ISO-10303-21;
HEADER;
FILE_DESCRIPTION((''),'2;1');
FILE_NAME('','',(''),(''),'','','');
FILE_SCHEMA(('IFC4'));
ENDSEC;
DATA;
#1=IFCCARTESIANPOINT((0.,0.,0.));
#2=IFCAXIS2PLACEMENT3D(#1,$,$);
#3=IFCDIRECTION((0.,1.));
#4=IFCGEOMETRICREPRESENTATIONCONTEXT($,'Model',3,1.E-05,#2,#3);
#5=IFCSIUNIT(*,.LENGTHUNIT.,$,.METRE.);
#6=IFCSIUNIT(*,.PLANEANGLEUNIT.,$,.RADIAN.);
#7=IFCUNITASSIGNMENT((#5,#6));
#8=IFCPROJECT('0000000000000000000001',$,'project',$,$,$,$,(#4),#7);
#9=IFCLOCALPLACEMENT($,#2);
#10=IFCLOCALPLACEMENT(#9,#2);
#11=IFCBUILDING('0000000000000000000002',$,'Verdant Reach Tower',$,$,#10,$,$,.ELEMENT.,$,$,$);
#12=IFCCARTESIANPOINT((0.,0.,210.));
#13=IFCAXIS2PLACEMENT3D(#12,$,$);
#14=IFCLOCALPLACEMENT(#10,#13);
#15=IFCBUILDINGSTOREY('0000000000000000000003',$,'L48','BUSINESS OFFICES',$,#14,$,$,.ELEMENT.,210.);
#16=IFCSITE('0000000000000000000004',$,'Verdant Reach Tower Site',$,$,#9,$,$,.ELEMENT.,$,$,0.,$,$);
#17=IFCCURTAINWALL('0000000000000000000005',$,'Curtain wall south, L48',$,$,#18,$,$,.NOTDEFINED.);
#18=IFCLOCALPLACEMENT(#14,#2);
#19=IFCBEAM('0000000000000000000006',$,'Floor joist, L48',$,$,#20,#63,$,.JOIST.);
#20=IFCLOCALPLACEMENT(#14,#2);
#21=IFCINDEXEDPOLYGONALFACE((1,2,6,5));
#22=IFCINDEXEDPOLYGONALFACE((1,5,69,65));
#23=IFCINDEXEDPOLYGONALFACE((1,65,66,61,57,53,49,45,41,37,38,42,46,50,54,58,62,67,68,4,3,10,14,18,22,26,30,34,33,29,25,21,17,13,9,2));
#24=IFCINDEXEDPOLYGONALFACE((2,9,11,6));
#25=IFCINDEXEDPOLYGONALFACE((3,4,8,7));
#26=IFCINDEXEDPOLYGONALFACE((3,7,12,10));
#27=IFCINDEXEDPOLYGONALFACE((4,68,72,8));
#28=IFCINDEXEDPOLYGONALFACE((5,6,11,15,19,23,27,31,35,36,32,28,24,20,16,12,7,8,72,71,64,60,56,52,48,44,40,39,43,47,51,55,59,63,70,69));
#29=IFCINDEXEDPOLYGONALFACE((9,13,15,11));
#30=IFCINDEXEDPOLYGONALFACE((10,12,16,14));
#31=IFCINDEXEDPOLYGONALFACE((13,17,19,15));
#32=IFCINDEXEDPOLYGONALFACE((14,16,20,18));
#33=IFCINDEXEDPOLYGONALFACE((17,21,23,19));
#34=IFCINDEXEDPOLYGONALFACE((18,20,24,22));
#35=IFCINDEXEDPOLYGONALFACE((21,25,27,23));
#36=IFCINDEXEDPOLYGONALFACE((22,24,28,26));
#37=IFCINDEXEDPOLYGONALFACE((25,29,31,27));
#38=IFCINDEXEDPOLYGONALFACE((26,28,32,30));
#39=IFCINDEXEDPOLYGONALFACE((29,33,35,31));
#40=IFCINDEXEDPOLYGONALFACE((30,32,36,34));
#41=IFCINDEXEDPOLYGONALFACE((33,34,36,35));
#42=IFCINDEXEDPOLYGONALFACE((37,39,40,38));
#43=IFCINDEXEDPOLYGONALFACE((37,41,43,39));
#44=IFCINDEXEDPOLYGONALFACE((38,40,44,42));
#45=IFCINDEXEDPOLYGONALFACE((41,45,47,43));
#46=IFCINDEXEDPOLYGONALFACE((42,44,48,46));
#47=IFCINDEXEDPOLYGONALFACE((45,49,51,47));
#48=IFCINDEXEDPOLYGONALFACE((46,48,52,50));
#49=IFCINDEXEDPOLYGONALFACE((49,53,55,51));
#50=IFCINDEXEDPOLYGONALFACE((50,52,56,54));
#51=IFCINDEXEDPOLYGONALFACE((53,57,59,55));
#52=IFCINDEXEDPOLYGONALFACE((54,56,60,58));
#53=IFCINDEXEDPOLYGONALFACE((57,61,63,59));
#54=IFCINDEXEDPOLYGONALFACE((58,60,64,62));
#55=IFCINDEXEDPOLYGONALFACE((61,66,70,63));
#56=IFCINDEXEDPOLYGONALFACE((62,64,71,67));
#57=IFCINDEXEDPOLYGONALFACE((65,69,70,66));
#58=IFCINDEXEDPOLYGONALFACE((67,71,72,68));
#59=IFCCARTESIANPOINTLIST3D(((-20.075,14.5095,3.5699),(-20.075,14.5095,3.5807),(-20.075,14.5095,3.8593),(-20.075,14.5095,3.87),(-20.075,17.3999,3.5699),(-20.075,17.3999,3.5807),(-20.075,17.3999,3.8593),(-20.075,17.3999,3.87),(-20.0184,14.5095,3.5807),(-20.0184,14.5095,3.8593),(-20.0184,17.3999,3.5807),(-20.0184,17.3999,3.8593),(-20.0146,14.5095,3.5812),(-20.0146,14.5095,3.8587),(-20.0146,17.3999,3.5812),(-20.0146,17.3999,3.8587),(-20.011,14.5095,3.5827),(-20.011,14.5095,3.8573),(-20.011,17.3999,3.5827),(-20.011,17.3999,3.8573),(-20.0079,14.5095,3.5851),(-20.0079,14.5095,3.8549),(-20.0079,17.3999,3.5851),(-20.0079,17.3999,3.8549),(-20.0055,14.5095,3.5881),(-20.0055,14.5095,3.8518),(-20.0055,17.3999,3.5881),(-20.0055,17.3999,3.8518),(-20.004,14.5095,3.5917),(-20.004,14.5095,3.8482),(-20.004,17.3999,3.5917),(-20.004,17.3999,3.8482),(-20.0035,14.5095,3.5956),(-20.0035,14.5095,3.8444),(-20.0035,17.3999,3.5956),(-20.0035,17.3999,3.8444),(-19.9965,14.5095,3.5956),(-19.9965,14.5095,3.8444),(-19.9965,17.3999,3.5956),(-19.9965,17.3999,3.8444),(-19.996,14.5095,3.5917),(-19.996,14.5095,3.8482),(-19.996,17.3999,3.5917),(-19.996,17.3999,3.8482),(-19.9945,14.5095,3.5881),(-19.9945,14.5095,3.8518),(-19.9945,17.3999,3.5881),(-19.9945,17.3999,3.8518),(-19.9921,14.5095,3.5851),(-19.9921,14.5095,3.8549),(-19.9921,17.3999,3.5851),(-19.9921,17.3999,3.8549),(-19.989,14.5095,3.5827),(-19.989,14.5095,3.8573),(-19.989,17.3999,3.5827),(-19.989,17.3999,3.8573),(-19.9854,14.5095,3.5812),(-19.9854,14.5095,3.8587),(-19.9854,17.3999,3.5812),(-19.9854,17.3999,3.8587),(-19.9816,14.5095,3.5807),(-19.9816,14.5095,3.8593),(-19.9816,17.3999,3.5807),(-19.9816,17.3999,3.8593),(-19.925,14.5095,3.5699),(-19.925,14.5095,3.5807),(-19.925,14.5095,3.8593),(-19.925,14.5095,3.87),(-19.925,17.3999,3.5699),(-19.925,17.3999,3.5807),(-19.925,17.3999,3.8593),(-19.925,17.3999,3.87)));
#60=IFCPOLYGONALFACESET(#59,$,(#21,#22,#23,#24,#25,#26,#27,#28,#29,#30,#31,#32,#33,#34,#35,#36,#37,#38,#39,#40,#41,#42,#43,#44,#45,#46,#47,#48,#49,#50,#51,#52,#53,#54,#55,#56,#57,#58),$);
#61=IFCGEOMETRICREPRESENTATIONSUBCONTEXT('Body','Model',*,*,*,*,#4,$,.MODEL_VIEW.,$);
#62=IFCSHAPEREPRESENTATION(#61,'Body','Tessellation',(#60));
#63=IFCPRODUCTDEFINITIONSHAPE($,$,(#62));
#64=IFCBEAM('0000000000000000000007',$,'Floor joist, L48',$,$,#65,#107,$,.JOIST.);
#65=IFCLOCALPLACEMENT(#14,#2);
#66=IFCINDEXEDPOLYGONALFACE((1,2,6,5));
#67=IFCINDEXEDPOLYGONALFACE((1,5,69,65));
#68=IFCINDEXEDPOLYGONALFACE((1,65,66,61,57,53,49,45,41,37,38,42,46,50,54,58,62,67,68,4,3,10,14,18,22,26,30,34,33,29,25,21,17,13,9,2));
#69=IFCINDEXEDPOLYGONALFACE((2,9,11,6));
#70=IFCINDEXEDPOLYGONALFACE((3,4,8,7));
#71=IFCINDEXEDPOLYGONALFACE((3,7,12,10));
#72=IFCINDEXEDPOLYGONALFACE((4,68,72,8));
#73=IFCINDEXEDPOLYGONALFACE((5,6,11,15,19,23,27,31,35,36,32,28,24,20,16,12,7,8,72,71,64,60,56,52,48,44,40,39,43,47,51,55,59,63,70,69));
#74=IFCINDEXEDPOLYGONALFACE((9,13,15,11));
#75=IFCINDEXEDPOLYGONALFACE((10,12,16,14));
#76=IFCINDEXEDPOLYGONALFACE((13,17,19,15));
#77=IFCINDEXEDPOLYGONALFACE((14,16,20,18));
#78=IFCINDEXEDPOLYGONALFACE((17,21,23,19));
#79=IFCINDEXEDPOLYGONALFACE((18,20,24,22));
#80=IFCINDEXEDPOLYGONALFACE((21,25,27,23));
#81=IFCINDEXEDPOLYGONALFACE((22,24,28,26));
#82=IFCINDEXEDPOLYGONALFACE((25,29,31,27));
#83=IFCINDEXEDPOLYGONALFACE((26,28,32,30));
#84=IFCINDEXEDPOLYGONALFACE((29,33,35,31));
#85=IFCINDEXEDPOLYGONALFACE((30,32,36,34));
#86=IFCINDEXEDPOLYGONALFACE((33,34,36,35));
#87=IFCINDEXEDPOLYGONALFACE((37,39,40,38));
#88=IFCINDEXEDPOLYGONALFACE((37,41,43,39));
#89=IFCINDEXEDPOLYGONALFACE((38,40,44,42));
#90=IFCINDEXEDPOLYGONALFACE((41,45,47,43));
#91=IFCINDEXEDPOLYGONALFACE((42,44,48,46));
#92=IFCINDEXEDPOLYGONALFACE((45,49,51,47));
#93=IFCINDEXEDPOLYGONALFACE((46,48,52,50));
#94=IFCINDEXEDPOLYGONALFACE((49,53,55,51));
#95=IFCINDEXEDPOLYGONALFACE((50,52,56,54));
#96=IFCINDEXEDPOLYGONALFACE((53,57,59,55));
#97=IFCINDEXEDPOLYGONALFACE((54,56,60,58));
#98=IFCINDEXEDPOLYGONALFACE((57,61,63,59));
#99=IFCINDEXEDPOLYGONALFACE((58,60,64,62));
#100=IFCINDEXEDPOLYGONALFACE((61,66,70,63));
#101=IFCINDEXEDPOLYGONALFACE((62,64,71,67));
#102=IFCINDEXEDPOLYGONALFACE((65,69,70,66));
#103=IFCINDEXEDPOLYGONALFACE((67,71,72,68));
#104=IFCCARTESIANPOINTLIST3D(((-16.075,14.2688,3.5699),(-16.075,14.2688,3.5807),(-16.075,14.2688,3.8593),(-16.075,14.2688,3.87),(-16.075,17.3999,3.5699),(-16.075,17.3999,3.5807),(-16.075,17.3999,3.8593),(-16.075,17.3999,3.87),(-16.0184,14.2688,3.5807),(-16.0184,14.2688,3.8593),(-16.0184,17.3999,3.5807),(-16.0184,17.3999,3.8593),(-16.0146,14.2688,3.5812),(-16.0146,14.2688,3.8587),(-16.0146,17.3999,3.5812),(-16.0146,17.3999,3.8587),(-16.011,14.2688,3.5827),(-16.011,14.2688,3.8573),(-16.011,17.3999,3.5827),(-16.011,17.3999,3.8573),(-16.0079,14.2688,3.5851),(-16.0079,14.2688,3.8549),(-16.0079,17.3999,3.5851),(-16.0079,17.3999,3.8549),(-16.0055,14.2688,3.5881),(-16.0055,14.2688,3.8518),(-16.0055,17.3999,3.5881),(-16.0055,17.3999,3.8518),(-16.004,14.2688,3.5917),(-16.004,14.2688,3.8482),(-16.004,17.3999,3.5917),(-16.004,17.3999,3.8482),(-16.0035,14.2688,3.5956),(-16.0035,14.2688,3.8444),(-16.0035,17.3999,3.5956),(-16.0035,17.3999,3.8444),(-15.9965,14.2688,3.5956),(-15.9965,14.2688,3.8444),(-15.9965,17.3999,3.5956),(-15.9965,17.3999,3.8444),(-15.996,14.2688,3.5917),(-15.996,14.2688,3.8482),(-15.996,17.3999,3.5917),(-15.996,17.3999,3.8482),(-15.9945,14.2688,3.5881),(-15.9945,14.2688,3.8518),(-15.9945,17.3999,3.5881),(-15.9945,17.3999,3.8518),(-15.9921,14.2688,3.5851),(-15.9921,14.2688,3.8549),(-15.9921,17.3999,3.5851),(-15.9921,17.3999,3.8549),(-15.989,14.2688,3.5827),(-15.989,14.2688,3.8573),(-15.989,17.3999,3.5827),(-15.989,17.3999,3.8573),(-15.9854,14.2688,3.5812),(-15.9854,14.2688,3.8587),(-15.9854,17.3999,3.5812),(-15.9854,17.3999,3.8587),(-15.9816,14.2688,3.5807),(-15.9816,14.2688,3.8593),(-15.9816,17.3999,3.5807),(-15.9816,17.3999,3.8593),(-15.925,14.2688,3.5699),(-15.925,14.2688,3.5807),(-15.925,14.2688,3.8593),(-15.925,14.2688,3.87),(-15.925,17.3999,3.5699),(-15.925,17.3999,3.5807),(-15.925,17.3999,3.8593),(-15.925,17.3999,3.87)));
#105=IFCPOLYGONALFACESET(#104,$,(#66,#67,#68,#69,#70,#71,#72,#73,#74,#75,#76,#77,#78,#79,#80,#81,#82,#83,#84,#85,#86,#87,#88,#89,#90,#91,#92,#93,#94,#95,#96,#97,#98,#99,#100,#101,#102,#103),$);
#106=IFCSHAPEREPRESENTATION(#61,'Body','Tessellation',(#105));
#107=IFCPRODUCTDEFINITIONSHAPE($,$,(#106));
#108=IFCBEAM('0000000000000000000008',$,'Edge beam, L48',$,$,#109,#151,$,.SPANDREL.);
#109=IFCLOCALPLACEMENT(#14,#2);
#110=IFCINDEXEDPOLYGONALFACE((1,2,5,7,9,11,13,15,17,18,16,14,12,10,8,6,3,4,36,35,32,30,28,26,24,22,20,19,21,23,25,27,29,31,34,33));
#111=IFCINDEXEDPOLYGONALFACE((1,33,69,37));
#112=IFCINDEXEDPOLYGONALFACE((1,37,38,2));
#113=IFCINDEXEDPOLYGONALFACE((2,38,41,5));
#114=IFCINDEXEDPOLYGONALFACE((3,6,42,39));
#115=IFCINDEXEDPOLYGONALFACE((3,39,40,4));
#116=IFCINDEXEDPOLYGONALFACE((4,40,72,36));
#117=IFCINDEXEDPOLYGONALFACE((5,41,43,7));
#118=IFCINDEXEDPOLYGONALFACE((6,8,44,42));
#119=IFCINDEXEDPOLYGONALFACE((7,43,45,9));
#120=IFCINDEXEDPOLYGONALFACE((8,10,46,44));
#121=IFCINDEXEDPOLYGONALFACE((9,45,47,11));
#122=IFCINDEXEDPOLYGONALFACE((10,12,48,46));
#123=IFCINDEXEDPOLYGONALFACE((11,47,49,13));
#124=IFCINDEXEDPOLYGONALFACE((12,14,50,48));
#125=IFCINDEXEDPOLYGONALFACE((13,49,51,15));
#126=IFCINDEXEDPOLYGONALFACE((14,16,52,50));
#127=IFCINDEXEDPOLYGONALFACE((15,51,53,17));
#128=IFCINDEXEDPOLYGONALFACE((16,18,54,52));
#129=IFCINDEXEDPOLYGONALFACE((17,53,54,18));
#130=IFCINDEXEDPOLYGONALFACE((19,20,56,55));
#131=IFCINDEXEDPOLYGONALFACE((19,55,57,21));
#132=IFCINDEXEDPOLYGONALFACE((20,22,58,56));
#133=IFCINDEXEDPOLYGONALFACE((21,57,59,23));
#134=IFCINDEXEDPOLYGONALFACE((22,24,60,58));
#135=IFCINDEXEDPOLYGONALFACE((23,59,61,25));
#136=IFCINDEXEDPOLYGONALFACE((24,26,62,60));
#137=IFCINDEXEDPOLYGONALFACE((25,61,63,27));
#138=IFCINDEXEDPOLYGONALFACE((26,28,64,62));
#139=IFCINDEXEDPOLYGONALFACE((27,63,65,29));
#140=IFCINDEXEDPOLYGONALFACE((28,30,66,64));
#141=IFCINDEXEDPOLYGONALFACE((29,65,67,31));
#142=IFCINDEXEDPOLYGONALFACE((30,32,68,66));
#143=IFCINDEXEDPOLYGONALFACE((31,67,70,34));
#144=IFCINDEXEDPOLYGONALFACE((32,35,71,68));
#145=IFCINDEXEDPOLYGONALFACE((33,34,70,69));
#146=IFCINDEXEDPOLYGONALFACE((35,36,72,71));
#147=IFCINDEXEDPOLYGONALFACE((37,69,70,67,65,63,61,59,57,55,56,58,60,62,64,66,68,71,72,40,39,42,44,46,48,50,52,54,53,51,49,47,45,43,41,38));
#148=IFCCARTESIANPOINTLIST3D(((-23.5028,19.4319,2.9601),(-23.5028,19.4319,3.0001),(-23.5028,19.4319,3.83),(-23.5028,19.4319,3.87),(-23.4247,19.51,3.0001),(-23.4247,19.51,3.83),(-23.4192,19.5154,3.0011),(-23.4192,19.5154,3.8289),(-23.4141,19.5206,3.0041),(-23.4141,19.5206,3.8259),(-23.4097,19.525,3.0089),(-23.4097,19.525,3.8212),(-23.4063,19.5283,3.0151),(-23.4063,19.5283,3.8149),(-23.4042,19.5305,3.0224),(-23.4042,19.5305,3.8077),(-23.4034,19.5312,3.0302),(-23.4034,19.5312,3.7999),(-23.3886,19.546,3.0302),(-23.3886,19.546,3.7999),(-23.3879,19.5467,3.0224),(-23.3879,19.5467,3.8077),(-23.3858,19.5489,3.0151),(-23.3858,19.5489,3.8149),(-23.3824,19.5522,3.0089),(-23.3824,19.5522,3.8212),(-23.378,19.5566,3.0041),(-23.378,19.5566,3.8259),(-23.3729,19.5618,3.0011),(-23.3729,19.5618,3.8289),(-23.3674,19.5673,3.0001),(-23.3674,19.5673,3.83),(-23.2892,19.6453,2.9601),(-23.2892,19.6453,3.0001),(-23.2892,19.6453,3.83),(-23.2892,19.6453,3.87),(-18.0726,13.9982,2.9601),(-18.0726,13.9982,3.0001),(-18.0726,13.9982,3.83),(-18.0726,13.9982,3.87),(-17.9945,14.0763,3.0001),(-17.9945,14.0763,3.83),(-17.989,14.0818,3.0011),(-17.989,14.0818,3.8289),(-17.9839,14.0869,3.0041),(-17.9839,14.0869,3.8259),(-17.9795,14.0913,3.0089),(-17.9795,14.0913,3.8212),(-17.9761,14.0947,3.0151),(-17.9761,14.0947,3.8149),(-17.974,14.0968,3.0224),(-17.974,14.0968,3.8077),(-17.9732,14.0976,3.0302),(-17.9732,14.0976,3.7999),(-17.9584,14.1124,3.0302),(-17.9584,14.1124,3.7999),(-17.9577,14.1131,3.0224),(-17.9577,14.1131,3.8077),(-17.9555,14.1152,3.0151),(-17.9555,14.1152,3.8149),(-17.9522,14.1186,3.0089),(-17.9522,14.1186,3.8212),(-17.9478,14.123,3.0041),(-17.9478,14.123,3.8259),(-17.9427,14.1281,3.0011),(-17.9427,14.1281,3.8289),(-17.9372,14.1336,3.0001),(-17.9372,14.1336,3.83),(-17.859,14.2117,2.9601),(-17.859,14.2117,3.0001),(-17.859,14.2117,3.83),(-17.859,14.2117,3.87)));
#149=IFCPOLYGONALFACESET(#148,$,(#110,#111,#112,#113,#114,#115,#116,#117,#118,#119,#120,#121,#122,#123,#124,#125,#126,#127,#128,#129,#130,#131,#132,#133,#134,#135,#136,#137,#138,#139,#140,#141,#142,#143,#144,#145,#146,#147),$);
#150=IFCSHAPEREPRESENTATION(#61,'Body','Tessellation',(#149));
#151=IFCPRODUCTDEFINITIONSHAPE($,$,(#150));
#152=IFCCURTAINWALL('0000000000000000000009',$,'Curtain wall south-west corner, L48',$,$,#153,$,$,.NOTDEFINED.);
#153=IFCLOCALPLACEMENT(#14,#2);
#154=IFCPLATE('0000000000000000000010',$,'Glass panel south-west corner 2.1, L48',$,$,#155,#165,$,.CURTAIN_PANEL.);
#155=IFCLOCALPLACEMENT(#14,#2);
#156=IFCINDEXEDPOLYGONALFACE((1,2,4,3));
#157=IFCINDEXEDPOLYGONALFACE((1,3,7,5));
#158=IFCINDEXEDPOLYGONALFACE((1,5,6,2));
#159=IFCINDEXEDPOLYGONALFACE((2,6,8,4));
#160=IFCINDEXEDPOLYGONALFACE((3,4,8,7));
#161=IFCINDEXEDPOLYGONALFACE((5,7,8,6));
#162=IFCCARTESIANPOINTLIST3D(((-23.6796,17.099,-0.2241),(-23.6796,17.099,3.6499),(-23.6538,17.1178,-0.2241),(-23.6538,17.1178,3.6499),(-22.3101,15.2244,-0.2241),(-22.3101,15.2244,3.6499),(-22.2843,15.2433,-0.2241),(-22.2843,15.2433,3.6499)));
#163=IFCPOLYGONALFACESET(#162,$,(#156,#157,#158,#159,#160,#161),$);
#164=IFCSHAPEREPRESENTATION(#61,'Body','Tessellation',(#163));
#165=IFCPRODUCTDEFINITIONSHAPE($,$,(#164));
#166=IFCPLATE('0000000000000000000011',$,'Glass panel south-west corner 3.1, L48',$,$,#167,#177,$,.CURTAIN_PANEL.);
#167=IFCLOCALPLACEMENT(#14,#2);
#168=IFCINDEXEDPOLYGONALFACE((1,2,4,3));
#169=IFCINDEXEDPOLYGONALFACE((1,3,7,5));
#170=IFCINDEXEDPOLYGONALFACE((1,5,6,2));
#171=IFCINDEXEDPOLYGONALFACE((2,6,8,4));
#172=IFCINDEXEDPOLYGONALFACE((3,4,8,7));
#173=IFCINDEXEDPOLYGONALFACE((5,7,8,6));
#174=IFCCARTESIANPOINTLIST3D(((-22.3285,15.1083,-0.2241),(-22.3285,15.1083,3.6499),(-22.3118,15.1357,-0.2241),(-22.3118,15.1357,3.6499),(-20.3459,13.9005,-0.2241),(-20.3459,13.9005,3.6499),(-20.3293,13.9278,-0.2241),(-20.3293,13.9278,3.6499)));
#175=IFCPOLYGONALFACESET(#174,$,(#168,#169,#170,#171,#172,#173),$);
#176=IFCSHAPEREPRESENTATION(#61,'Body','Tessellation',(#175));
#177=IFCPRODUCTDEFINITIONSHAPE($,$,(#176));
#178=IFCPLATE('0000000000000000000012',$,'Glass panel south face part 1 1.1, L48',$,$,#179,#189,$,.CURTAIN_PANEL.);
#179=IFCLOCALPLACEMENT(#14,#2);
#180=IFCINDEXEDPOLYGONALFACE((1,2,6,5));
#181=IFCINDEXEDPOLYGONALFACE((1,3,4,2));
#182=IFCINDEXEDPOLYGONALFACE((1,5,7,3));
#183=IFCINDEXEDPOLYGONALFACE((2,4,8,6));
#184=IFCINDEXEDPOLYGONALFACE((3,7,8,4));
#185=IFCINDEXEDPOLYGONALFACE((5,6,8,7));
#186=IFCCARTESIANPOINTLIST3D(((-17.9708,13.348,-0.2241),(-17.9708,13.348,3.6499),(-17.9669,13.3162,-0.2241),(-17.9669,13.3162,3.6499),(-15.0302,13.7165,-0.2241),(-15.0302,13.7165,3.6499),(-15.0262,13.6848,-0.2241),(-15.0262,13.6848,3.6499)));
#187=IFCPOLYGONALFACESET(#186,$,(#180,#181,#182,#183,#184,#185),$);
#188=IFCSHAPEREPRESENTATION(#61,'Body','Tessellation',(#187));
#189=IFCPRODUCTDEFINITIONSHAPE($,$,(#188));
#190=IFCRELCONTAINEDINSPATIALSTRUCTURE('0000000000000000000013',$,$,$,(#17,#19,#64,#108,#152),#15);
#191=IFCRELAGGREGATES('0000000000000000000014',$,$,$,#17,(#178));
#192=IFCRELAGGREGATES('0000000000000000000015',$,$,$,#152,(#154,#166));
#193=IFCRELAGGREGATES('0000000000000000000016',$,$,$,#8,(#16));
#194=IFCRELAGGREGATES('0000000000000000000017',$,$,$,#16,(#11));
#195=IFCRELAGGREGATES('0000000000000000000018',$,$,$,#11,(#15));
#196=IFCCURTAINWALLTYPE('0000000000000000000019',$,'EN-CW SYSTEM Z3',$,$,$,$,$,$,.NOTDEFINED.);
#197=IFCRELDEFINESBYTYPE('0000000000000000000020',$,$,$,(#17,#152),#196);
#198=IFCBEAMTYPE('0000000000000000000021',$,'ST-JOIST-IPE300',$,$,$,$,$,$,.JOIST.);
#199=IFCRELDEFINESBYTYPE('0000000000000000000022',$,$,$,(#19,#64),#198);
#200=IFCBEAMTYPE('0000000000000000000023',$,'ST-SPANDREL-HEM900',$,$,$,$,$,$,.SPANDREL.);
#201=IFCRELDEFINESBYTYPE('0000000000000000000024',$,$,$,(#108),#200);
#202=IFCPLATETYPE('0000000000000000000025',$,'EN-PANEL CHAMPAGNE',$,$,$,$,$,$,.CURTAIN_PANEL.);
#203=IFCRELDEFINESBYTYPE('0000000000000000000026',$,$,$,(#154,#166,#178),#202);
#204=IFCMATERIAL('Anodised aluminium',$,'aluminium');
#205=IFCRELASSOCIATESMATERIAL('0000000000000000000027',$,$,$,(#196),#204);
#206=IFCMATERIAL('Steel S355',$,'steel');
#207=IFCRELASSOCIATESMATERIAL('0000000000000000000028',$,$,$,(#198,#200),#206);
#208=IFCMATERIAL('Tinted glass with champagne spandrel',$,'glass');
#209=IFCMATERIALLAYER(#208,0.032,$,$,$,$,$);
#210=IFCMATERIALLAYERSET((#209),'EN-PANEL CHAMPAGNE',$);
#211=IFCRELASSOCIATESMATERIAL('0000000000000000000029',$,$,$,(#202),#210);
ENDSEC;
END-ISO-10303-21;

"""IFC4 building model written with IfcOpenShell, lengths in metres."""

from ifc_helpers import new_model, si_unit, direction, frame, origin, origin_2d, place, context, subcontext, project, spatial, rectangle, i_section, extrude, material, layer, layer_set, material_profile, profile_set, type_object, element, aggregate, save


model = new_model("IFC4")

# Units and contexts
model_context = context("Model", 3, precision=1e-05, world=origin(), true_north=direction((0.0, 1.0)))
body_context = subcontext(model_context, "Body", "Model", "MODEL_VIEW")
ifc_project = project(units=[si_unit("LENGTHUNIT", "METRE"), si_unit("PLANEANGLEUNIT", "RADIAN")], contexts=[model_context])

# Site, building, storey
site_placement = place(None, origin())
site = spatial("IfcSite", under=ifc_project, at=site_placement, Name="Verdant Reach Tower Site", CompositionType="ELEMENT", RefElevation=0.0)
building_placement = place(site_placement, origin())
building = spatial("IfcBuilding", under=site, at=building_placement, Name="Verdant Reach Tower", CompositionType="ELEMENT")
storey_placement = place(building_placement, frame((0.0, 0.0, 210.0)))
storey = spatial("IfcBuildingStorey", under=building, at=storey_placement, Name="L48", Description="BUSINESS OFFICES", CompositionType="ELEMENT", Elevation=210.0)

# Curtain wall
ifc_material_1 = material(Name="Anodised aluminium", Category="aluminium")
curtain_wall_type = type_object("IfcCurtainWallType", Name="EN-CW SYSTEM Z3", PredefinedType="NOTDEFINED", material=ifc_material_1)
curtain_wall_1_placement = place(storey_placement, origin())
curtain_wall_1 = element("IfcCurtainWall", 1, at=curtain_wall_1_placement, inside=storey, type_object=curtain_wall_type, Name="Curtain wall south, L48", PredefinedType="NOTDEFINED")

# Beams
ifc_material_2 = material(Name="Steel S355", Category="steel")
ifc_material_profile_1 = material_profile(ifc_material_2, i_section(OverallWidth=0.1499, OverallDepth=0.3, WebThickness=0.0071, FlangeThickness=0.0107, FilletRadius=0.0149, at=origin_2d()), Name="IPE 300")
ifc_profile_set_1 = profile_set([ifc_material_profile_1], Name="Steel S355")
beam_type_1 = type_object("IfcBeamType", Name="ST-JOIST-IPE300", PredefinedType="JOIST", material=ifc_profile_set_1)
beam_1_placement = place(storey_placement, frame((-20.0, 17.3999, 3.72), z_axis=(0.0, -1.0, 0.0), x_axis=(1.0, 0.0, 0.0)))
element("IfcBeam", 2, at=beam_1_placement, inside=storey, type_object=beam_type_1, Name="Floor joist, L48", PredefinedType="JOIST", context=body_context, shape_type="SweptSolid", body=[
    extrude(i_section(OverallWidth=0.1499, OverallDepth=0.3, WebThickness=0.0071, FlangeThickness=0.0107, FilletRadius=0.0149, at=origin_2d()), origin(), (0.0, 0.0, 1.0), 2.8904),
])
beam_2_placement = place(storey_placement, frame((-16.0, 17.3999, 3.72), z_axis=(0.0, -1.0, 0.0), x_axis=(1.0, 0.0, 0.0)))
element("IfcBeam", 3, at=beam_2_placement, inside=storey, type_object=beam_type_1, Name="Floor joist, L48", PredefinedType="JOIST", context=body_context, shape_type="SweptSolid", body=[
    extrude(i_section(OverallWidth=0.1499, OverallDepth=0.3, WebThickness=0.0071, FlangeThickness=0.0107, FilletRadius=0.0149, at=origin_2d()), origin(), (0.0, 0.0, 1.0), 3.1311),
])
ifc_material_profile_2 = material_profile(ifc_material_2, i_section(OverallWidth=0.302, OverallDepth=0.9099, WebThickness=0.021, FlangeThickness=0.04, FilletRadius=0.03, at=origin_2d()), Name="HEM 900")
ifc_profile_set_2 = profile_set([ifc_material_profile_2], Name="Steel S355")
beam_type_2 = type_object("IfcBeamType", Name="ST-SPANDREL-HEM900", PredefinedType="SPANDREL", material=ifc_profile_set_2)
beam_3_placement = place(storey_placement, frame((-17.9658, 14.105, 3.415), z_axis=(-0.706884, 0.707329, 0.0), x_axis=(-0.707329, -0.706884, 0.0)))
element("IfcBeam", 4, at=beam_3_placement, inside=storey, type_object=beam_type_2, Name="Edge beam, L48", PredefinedType="SPANDREL", context=body_context, shape_type="SweptSolid", body=[
    extrude(i_section(OverallWidth=0.302, OverallDepth=0.9099, WebThickness=0.021, FlangeThickness=0.04, FilletRadius=0.03, at=origin_2d()), origin(), (0.0, 0.0, 1.0), 7.6819),
])

# Curtain wall, plates
curtain_wall_2_placement = place(storey_placement, origin())
curtain_wall_2 = element("IfcCurtainWall", 5, at=curtain_wall_2_placement, inside=storey, type_object=curtain_wall_type, Name="Curtain wall south-west corner, L48", PredefinedType="NOTDEFINED")
ifc_material_3 = material(Name="Tinted glass with champagne spandrel", Category="glass")
ifc_layer_1 = layer(ifc_material_3, 0.032)
ifc_layer_set_1 = layer_set([ifc_layer_1], Name="EN-PANEL CHAMPAGNE")
plate_type_1 = type_object("IfcPlateType", Name="EN-PANEL CHAMPAGNE", PredefinedType="CURTAIN_PANEL", material=ifc_layer_set_1)
plate_1_placement = place(storey_placement, frame((-22.9819, 16.1711, -0.2241), z_axis=(0.0, 0.0, 1.0), x_axis=(0.589927, -0.807457, 0.0)))
plate_1 = element("IfcPlate", 6, at=plate_1_placement, type_object=plate_type_1, Name="Glass panel south-west corner 2.1, L48", PredefinedType="CURTAIN_PANEL", context=body_context, shape_type="SweptSolid", body=[
    extrude(rectangle(XDim=2.3215, YDim=0.032, at=origin_2d()), origin(), (0.0, 0.0, 1.0), 3.874),
])
plate_2_placement = place(storey_placement, frame((-21.3289, 14.5181, -0.2241), z_axis=(0.0, 0.0, 1.0), x_axis=(0.853989, -0.520292, 0.0)))
plate_2 = element("IfcPlate", 7, at=plate_2_placement, type_object=plate_type_1, Name="Glass panel south-west corner 3.1, L48", PredefinedType="CURTAIN_PANEL", context=body_context, shape_type="SweptSolid", body=[
    extrude(rectangle(XDim=2.3215, YDim=0.032, at=origin_2d()), origin(), (0.0, 0.0, 1.0), 3.874),
])

# Plate
plate_3_placement = place(storey_placement, frame((-16.4985, 13.5164, -0.2241), z_axis=(0.0, 0.0, 1.0), x_axis=(0.992238, 0.124355, 0.0)))
plate_3 = element("IfcPlate", 8, at=plate_3_placement, type_object=plate_type_1, Name="Glass panel south face part 1 1.1, L48", PredefinedType="CURTAIN_PANEL", context=body_context, shape_type="SweptSolid", body=[
    extrude(rectangle(XDim=2.9636, YDim=0.032, at=origin_2d()), origin(), (0.0, 0.0, 1.0), 3.874),
])
aggregate(curtain_wall_1, [plate_3])
aggregate(curtain_wall_2, [plate_1, plate_2])

save(model, "model.ifc")
